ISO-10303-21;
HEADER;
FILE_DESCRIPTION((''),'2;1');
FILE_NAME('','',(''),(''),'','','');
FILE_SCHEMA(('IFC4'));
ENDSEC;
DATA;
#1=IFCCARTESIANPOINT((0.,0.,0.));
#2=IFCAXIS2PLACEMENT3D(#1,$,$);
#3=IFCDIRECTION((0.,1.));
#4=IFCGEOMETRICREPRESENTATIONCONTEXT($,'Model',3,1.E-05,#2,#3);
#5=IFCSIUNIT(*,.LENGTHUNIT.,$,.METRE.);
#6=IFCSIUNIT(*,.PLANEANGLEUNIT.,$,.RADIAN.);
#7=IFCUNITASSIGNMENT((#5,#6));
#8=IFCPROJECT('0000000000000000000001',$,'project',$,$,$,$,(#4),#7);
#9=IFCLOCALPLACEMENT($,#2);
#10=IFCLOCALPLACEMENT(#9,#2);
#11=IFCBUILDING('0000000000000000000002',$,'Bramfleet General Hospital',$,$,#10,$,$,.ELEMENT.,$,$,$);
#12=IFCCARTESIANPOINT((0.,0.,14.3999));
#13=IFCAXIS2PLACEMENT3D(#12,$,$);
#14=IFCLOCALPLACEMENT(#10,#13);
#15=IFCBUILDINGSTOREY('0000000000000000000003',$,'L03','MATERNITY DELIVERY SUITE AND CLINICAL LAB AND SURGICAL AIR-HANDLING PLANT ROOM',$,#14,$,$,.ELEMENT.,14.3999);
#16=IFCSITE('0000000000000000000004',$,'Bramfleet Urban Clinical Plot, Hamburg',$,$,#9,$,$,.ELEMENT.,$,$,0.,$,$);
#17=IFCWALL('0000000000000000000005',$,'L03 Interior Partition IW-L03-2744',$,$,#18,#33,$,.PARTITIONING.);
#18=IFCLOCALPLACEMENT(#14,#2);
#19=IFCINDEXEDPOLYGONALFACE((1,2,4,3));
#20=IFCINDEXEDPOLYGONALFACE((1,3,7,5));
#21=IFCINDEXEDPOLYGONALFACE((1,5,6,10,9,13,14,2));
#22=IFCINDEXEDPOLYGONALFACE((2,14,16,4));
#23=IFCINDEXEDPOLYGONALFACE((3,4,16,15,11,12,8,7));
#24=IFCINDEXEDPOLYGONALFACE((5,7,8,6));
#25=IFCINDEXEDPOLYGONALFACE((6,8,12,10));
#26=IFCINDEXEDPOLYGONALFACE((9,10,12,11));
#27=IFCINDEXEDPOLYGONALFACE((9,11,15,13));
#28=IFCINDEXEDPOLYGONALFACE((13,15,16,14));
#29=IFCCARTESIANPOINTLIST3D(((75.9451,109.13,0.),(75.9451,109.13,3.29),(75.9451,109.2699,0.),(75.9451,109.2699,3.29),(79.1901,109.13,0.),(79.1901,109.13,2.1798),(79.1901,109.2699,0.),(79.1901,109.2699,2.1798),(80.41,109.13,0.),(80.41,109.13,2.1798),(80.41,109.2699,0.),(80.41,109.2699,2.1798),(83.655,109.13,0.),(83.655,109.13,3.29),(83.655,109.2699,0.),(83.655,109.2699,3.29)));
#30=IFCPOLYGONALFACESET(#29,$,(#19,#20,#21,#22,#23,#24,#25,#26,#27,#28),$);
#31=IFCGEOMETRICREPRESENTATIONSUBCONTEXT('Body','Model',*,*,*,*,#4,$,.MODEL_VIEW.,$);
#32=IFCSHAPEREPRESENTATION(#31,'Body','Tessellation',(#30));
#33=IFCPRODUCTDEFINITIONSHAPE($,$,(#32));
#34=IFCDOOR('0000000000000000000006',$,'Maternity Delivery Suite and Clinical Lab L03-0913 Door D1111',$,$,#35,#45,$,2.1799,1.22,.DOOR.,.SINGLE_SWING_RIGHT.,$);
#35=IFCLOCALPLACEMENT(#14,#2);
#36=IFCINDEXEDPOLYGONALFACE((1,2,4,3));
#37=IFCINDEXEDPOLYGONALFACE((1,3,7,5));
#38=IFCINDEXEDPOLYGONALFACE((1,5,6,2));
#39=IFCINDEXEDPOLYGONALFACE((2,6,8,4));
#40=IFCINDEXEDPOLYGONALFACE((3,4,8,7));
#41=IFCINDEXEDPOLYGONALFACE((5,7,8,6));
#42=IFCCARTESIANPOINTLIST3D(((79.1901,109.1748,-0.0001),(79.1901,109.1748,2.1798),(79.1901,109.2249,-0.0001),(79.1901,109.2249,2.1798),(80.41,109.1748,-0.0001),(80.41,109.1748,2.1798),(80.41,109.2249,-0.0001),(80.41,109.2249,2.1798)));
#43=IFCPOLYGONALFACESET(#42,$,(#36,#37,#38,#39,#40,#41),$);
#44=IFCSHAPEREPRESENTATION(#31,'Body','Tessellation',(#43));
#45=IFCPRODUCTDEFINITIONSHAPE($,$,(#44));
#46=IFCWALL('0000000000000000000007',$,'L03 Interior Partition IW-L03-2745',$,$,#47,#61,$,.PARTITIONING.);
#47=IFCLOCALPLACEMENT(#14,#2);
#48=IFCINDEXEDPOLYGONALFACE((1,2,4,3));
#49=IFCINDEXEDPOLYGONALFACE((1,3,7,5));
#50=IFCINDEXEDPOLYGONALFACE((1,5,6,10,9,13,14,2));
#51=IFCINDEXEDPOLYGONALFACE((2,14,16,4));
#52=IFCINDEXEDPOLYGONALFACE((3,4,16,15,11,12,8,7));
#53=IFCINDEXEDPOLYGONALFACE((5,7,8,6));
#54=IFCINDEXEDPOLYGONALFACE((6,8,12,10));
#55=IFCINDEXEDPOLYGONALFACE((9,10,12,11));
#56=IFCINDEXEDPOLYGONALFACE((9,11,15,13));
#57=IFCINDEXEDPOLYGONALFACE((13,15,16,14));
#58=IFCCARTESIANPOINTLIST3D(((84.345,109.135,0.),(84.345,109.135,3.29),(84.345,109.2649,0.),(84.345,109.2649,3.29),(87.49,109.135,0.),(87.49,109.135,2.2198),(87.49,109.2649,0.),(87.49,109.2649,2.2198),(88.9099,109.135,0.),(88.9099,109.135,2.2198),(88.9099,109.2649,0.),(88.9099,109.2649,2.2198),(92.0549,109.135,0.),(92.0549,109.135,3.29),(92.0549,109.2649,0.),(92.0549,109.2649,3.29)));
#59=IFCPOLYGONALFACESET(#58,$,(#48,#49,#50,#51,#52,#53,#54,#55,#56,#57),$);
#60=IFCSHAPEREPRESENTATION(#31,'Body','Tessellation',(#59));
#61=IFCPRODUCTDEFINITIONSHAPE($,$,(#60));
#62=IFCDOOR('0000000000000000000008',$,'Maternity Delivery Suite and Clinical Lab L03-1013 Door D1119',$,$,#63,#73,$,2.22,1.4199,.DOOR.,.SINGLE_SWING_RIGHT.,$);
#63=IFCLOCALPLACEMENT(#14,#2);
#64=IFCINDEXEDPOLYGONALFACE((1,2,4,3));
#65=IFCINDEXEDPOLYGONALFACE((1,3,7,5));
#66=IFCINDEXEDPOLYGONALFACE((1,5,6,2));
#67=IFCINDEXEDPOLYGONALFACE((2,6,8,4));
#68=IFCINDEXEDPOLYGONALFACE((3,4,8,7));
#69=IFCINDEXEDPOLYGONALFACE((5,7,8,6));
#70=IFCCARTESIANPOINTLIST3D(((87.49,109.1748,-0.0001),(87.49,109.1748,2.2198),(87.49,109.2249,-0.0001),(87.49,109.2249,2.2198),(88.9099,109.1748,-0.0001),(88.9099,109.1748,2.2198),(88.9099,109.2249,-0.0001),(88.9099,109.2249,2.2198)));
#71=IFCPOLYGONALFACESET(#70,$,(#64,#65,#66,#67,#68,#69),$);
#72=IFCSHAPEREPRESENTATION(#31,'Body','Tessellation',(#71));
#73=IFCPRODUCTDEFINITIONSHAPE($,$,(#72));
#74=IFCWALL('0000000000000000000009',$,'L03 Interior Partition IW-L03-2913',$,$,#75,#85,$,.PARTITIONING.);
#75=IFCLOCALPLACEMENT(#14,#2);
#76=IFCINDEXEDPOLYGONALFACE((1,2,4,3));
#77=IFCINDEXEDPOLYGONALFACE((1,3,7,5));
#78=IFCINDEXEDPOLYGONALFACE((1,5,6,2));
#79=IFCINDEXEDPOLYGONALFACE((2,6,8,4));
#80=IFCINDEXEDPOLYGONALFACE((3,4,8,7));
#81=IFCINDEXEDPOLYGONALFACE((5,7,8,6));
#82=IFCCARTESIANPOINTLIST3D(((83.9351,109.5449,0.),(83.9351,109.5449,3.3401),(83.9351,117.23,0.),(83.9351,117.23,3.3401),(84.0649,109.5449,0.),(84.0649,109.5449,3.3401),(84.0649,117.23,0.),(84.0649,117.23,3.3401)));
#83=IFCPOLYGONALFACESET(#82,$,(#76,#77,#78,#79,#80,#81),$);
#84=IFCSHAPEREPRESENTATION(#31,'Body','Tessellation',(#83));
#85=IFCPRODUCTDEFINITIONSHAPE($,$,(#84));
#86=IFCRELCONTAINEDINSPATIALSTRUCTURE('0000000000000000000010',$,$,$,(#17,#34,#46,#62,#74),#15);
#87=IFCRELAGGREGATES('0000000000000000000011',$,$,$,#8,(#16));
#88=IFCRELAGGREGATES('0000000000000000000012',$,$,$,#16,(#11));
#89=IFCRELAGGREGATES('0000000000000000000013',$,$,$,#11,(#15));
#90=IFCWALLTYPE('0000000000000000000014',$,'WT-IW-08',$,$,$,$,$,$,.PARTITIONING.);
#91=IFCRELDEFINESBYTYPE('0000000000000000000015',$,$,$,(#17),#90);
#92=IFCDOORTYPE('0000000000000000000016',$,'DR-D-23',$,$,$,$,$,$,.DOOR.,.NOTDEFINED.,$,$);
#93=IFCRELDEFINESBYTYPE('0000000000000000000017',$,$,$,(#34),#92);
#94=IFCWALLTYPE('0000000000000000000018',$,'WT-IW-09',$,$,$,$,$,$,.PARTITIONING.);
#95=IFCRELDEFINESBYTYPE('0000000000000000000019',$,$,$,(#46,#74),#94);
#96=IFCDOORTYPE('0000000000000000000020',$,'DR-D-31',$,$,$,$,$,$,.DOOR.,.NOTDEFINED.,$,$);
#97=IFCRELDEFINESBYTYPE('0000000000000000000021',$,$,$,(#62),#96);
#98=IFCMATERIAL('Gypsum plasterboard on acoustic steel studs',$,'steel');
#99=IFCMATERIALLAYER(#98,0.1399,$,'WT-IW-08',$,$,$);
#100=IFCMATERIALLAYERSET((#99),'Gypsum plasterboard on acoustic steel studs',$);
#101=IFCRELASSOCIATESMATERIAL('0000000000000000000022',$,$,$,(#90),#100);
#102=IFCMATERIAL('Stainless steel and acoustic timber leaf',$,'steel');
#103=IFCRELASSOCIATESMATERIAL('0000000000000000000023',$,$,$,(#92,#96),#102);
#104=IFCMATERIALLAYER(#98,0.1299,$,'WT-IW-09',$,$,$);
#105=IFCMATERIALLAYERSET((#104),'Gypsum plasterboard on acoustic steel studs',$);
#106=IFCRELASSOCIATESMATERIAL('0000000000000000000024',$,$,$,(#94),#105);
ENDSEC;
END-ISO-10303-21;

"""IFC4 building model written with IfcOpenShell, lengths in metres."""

from ifc_helpers import new_model, si_unit, direction, frame, frame_2d, origin, place, context, subcontext, project, spatial, rectangle, extrude, material, layer, layer_set, type_object, element, fill, save


model = new_model("IFC4")

# Units and contexts
model_context = context("Model", 3, precision=1e-05, world=origin(), true_north=direction((0.0, 1.0)))
body_context = subcontext(model_context, "Body", "Model", "MODEL_VIEW")
ifc_project = project(units=[si_unit("LENGTHUNIT", "METRE"), si_unit("PLANEANGLEUNIT", "RADIAN")], contexts=[model_context])

# Site, building, storey
site_placement = place(None, origin())
site = spatial("IfcSite", under=ifc_project, at=site_placement, Name="Bramfleet Urban Clinical Plot, Hamburg", CompositionType="ELEMENT", RefElevation=0.0)
building_placement = place(site_placement, origin())
building = spatial("IfcBuilding", under=site, at=building_placement, Name="Bramfleet General Hospital", CompositionType="ELEMENT")
storey_placement = place(building_placement, frame((0.0, 0.0, 14.3999)))
storey = spatial("IfcBuildingStorey", under=building, at=storey_placement, Name="L03", Description="MATERNITY DELIVERY SUITE AND CLINICAL LAB AND SURGICAL AIR-HANDLING PLANT ROOM", CompositionType="ELEMENT", Elevation=14.3999)

# Walls, openings, doors
ifc_material_1 = material(Name="Gypsum plasterboard on acoustic steel studs", Category="steel")
ifc_layer_1 = layer(ifc_material_1, 0.1399, Name="WT-IW-08")
ifc_layer_set_1 = layer_set([ifc_layer_1], Name="Gypsum plasterboard on acoustic steel studs")
wall_type_1 = type_object("IfcWallType", Name="WT-IW-08", PredefinedType="PARTITIONING", material=ifc_layer_set_1)
wall_1_placement = place(storey_placement, frame((75.9451, 109.2, 0.0), z_axis=(0.0, 0.0, 1.0), x_axis=(1.0, 0.0, 0.0)))
wall_1 = element("IfcWall", 1, at=wall_1_placement, inside=storey, type_object=wall_type_1, Name="L03 Interior Partition IW-L03-2744", PredefinedType="PARTITIONING", context=body_context, shape_type="SweptSolid", body=[
    extrude(rectangle(XDim=7.71, YDim=0.1399, at=frame_2d((3.855, 0.0))), origin(), (0.0, 0.0, 1.0), 3.29),
])
opening_1_placement = place(wall_1_placement, frame((3.2451, 0.0, 0.0)))
opening_1 = element("IfcOpeningElement", 2, at=opening_1_placement, cuts=wall_1, PredefinedType="OPENING", context=body_context, shape_type="SweptSolid", body=[
    extrude(rectangle(XDim=1.22, YDim=2.1799, at=frame_2d((0.6099, 1.0898))), frame((0.0, 0.0798, 0.0), z_axis=(0.0, -1.0, 0.0), x_axis=(1.0, 0.0, 0.0)), (0.0, 0.0, 1.0), 0.1599),
])
ifc_material_2 = material(Name="Stainless steel and acoustic timber leaf", Category="steel")
door_type_1 = type_object("IfcDoorType", Name="DR-D-23", OperationType="NOTDEFINED", PredefinedType="DOOR", material=ifc_material_2)
door_1_placement = place(opening_1_placement, origin())
door_1 = element("IfcDoor", 3, at=door_1_placement, inside=storey, type_object=door_type_1, Name="Maternity Delivery Suite and Clinical Lab L03-0913 Door D1111", OperationType="SINGLE_SWING_RIGHT", OverallHeight=2.1799, OverallWidth=1.22, PredefinedType="DOOR", context=body_context, shape_type="SweptSolid", body=[
    extrude(rectangle(XDim=1.22, YDim=2.1799, at=frame_2d((0.6099, 1.0898))), frame((0.0, 0.0249, 0.0), z_axis=(0.0, -1.0, 0.0), x_axis=(1.0, 0.0, 0.0)), (0.0, 0.0, 1.0), 0.05),
])
fill(opening_1, door_1)
ifc_layer_2 = layer(ifc_material_1, 0.1299, Name="WT-IW-09")
ifc_layer_set_2 = layer_set([ifc_layer_2], Name="Gypsum plasterboard on acoustic steel studs")
wall_type_2 = type_object("IfcWallType", Name="WT-IW-09", PredefinedType="PARTITIONING", material=ifc_layer_set_2)
wall_2_placement = place(storey_placement, frame((84.345, 109.2, 0.0), z_axis=(0.0, 0.0, 1.0), x_axis=(1.0, 0.0, 0.0)))
wall_2 = element("IfcWall", 4, at=wall_2_placement, inside=storey, type_object=wall_type_2, Name="L03 Interior Partition IW-L03-2745", PredefinedType="PARTITIONING", context=body_context, shape_type="SweptSolid", body=[
    extrude(rectangle(XDim=7.71, YDim=0.1299, at=frame_2d((3.855, 0.0))), origin(), (0.0, 0.0, 1.0), 3.29),
])
opening_2_placement = place(wall_2_placement, frame((3.145, 0.0, 0.0)))
opening_2 = element("IfcOpeningElement", 5, at=opening_2_placement, cuts=wall_2, PredefinedType="OPENING", context=body_context, shape_type="SweptSolid", body=[
    extrude(rectangle(XDim=1.4199, YDim=2.22, at=frame_2d((0.71, 1.1099))), frame((0.0, 0.075, 0.0), z_axis=(0.0, -1.0, 0.0), x_axis=(1.0, 0.0, 0.0)), (0.0, 0.0, 1.0), 0.1499),
])
door_type_2 = type_object("IfcDoorType", Name="DR-D-31", OperationType="NOTDEFINED", PredefinedType="DOOR", material=ifc_material_2)
door_2_placement = place(opening_2_placement, origin())
door_2 = element("IfcDoor", 6, at=door_2_placement, inside=storey, type_object=door_type_2, Name="Maternity Delivery Suite and Clinical Lab L03-1013 Door D1119", OperationType="SINGLE_SWING_RIGHT", OverallHeight=2.22, OverallWidth=1.4199, PredefinedType="DOOR", context=body_context, shape_type="SweptSolid", body=[
    extrude(rectangle(XDim=1.4199, YDim=2.22, at=frame_2d((0.71, 1.1099))), frame((0.0, 0.0249, 0.0), z_axis=(0.0, -1.0, 0.0), x_axis=(1.0, 0.0, 0.0)), (0.0, 0.0, 1.0), 0.05),
])
fill(opening_2, door_2)

# Wall
wall_3_placement = place(storey_placement, frame((84.0, 109.5449, 0.0), z_axis=(0.0, 0.0, 1.0), x_axis=(0.0, 1.0, 0.0)))
element("IfcWall", 7, at=wall_3_placement, inside=storey, type_object=wall_type_2, Name="L03 Interior Partition IW-L03-2913", PredefinedType="PARTITIONING", context=body_context, shape_type="SweptSolid", body=[
    extrude(rectangle(XDim=7.6851, YDim=0.1299, at=frame_2d((3.8425, 0.0))), origin(), (0.0, 0.0, 1.0), 3.3401),
])

save(model, "model.ifc")
